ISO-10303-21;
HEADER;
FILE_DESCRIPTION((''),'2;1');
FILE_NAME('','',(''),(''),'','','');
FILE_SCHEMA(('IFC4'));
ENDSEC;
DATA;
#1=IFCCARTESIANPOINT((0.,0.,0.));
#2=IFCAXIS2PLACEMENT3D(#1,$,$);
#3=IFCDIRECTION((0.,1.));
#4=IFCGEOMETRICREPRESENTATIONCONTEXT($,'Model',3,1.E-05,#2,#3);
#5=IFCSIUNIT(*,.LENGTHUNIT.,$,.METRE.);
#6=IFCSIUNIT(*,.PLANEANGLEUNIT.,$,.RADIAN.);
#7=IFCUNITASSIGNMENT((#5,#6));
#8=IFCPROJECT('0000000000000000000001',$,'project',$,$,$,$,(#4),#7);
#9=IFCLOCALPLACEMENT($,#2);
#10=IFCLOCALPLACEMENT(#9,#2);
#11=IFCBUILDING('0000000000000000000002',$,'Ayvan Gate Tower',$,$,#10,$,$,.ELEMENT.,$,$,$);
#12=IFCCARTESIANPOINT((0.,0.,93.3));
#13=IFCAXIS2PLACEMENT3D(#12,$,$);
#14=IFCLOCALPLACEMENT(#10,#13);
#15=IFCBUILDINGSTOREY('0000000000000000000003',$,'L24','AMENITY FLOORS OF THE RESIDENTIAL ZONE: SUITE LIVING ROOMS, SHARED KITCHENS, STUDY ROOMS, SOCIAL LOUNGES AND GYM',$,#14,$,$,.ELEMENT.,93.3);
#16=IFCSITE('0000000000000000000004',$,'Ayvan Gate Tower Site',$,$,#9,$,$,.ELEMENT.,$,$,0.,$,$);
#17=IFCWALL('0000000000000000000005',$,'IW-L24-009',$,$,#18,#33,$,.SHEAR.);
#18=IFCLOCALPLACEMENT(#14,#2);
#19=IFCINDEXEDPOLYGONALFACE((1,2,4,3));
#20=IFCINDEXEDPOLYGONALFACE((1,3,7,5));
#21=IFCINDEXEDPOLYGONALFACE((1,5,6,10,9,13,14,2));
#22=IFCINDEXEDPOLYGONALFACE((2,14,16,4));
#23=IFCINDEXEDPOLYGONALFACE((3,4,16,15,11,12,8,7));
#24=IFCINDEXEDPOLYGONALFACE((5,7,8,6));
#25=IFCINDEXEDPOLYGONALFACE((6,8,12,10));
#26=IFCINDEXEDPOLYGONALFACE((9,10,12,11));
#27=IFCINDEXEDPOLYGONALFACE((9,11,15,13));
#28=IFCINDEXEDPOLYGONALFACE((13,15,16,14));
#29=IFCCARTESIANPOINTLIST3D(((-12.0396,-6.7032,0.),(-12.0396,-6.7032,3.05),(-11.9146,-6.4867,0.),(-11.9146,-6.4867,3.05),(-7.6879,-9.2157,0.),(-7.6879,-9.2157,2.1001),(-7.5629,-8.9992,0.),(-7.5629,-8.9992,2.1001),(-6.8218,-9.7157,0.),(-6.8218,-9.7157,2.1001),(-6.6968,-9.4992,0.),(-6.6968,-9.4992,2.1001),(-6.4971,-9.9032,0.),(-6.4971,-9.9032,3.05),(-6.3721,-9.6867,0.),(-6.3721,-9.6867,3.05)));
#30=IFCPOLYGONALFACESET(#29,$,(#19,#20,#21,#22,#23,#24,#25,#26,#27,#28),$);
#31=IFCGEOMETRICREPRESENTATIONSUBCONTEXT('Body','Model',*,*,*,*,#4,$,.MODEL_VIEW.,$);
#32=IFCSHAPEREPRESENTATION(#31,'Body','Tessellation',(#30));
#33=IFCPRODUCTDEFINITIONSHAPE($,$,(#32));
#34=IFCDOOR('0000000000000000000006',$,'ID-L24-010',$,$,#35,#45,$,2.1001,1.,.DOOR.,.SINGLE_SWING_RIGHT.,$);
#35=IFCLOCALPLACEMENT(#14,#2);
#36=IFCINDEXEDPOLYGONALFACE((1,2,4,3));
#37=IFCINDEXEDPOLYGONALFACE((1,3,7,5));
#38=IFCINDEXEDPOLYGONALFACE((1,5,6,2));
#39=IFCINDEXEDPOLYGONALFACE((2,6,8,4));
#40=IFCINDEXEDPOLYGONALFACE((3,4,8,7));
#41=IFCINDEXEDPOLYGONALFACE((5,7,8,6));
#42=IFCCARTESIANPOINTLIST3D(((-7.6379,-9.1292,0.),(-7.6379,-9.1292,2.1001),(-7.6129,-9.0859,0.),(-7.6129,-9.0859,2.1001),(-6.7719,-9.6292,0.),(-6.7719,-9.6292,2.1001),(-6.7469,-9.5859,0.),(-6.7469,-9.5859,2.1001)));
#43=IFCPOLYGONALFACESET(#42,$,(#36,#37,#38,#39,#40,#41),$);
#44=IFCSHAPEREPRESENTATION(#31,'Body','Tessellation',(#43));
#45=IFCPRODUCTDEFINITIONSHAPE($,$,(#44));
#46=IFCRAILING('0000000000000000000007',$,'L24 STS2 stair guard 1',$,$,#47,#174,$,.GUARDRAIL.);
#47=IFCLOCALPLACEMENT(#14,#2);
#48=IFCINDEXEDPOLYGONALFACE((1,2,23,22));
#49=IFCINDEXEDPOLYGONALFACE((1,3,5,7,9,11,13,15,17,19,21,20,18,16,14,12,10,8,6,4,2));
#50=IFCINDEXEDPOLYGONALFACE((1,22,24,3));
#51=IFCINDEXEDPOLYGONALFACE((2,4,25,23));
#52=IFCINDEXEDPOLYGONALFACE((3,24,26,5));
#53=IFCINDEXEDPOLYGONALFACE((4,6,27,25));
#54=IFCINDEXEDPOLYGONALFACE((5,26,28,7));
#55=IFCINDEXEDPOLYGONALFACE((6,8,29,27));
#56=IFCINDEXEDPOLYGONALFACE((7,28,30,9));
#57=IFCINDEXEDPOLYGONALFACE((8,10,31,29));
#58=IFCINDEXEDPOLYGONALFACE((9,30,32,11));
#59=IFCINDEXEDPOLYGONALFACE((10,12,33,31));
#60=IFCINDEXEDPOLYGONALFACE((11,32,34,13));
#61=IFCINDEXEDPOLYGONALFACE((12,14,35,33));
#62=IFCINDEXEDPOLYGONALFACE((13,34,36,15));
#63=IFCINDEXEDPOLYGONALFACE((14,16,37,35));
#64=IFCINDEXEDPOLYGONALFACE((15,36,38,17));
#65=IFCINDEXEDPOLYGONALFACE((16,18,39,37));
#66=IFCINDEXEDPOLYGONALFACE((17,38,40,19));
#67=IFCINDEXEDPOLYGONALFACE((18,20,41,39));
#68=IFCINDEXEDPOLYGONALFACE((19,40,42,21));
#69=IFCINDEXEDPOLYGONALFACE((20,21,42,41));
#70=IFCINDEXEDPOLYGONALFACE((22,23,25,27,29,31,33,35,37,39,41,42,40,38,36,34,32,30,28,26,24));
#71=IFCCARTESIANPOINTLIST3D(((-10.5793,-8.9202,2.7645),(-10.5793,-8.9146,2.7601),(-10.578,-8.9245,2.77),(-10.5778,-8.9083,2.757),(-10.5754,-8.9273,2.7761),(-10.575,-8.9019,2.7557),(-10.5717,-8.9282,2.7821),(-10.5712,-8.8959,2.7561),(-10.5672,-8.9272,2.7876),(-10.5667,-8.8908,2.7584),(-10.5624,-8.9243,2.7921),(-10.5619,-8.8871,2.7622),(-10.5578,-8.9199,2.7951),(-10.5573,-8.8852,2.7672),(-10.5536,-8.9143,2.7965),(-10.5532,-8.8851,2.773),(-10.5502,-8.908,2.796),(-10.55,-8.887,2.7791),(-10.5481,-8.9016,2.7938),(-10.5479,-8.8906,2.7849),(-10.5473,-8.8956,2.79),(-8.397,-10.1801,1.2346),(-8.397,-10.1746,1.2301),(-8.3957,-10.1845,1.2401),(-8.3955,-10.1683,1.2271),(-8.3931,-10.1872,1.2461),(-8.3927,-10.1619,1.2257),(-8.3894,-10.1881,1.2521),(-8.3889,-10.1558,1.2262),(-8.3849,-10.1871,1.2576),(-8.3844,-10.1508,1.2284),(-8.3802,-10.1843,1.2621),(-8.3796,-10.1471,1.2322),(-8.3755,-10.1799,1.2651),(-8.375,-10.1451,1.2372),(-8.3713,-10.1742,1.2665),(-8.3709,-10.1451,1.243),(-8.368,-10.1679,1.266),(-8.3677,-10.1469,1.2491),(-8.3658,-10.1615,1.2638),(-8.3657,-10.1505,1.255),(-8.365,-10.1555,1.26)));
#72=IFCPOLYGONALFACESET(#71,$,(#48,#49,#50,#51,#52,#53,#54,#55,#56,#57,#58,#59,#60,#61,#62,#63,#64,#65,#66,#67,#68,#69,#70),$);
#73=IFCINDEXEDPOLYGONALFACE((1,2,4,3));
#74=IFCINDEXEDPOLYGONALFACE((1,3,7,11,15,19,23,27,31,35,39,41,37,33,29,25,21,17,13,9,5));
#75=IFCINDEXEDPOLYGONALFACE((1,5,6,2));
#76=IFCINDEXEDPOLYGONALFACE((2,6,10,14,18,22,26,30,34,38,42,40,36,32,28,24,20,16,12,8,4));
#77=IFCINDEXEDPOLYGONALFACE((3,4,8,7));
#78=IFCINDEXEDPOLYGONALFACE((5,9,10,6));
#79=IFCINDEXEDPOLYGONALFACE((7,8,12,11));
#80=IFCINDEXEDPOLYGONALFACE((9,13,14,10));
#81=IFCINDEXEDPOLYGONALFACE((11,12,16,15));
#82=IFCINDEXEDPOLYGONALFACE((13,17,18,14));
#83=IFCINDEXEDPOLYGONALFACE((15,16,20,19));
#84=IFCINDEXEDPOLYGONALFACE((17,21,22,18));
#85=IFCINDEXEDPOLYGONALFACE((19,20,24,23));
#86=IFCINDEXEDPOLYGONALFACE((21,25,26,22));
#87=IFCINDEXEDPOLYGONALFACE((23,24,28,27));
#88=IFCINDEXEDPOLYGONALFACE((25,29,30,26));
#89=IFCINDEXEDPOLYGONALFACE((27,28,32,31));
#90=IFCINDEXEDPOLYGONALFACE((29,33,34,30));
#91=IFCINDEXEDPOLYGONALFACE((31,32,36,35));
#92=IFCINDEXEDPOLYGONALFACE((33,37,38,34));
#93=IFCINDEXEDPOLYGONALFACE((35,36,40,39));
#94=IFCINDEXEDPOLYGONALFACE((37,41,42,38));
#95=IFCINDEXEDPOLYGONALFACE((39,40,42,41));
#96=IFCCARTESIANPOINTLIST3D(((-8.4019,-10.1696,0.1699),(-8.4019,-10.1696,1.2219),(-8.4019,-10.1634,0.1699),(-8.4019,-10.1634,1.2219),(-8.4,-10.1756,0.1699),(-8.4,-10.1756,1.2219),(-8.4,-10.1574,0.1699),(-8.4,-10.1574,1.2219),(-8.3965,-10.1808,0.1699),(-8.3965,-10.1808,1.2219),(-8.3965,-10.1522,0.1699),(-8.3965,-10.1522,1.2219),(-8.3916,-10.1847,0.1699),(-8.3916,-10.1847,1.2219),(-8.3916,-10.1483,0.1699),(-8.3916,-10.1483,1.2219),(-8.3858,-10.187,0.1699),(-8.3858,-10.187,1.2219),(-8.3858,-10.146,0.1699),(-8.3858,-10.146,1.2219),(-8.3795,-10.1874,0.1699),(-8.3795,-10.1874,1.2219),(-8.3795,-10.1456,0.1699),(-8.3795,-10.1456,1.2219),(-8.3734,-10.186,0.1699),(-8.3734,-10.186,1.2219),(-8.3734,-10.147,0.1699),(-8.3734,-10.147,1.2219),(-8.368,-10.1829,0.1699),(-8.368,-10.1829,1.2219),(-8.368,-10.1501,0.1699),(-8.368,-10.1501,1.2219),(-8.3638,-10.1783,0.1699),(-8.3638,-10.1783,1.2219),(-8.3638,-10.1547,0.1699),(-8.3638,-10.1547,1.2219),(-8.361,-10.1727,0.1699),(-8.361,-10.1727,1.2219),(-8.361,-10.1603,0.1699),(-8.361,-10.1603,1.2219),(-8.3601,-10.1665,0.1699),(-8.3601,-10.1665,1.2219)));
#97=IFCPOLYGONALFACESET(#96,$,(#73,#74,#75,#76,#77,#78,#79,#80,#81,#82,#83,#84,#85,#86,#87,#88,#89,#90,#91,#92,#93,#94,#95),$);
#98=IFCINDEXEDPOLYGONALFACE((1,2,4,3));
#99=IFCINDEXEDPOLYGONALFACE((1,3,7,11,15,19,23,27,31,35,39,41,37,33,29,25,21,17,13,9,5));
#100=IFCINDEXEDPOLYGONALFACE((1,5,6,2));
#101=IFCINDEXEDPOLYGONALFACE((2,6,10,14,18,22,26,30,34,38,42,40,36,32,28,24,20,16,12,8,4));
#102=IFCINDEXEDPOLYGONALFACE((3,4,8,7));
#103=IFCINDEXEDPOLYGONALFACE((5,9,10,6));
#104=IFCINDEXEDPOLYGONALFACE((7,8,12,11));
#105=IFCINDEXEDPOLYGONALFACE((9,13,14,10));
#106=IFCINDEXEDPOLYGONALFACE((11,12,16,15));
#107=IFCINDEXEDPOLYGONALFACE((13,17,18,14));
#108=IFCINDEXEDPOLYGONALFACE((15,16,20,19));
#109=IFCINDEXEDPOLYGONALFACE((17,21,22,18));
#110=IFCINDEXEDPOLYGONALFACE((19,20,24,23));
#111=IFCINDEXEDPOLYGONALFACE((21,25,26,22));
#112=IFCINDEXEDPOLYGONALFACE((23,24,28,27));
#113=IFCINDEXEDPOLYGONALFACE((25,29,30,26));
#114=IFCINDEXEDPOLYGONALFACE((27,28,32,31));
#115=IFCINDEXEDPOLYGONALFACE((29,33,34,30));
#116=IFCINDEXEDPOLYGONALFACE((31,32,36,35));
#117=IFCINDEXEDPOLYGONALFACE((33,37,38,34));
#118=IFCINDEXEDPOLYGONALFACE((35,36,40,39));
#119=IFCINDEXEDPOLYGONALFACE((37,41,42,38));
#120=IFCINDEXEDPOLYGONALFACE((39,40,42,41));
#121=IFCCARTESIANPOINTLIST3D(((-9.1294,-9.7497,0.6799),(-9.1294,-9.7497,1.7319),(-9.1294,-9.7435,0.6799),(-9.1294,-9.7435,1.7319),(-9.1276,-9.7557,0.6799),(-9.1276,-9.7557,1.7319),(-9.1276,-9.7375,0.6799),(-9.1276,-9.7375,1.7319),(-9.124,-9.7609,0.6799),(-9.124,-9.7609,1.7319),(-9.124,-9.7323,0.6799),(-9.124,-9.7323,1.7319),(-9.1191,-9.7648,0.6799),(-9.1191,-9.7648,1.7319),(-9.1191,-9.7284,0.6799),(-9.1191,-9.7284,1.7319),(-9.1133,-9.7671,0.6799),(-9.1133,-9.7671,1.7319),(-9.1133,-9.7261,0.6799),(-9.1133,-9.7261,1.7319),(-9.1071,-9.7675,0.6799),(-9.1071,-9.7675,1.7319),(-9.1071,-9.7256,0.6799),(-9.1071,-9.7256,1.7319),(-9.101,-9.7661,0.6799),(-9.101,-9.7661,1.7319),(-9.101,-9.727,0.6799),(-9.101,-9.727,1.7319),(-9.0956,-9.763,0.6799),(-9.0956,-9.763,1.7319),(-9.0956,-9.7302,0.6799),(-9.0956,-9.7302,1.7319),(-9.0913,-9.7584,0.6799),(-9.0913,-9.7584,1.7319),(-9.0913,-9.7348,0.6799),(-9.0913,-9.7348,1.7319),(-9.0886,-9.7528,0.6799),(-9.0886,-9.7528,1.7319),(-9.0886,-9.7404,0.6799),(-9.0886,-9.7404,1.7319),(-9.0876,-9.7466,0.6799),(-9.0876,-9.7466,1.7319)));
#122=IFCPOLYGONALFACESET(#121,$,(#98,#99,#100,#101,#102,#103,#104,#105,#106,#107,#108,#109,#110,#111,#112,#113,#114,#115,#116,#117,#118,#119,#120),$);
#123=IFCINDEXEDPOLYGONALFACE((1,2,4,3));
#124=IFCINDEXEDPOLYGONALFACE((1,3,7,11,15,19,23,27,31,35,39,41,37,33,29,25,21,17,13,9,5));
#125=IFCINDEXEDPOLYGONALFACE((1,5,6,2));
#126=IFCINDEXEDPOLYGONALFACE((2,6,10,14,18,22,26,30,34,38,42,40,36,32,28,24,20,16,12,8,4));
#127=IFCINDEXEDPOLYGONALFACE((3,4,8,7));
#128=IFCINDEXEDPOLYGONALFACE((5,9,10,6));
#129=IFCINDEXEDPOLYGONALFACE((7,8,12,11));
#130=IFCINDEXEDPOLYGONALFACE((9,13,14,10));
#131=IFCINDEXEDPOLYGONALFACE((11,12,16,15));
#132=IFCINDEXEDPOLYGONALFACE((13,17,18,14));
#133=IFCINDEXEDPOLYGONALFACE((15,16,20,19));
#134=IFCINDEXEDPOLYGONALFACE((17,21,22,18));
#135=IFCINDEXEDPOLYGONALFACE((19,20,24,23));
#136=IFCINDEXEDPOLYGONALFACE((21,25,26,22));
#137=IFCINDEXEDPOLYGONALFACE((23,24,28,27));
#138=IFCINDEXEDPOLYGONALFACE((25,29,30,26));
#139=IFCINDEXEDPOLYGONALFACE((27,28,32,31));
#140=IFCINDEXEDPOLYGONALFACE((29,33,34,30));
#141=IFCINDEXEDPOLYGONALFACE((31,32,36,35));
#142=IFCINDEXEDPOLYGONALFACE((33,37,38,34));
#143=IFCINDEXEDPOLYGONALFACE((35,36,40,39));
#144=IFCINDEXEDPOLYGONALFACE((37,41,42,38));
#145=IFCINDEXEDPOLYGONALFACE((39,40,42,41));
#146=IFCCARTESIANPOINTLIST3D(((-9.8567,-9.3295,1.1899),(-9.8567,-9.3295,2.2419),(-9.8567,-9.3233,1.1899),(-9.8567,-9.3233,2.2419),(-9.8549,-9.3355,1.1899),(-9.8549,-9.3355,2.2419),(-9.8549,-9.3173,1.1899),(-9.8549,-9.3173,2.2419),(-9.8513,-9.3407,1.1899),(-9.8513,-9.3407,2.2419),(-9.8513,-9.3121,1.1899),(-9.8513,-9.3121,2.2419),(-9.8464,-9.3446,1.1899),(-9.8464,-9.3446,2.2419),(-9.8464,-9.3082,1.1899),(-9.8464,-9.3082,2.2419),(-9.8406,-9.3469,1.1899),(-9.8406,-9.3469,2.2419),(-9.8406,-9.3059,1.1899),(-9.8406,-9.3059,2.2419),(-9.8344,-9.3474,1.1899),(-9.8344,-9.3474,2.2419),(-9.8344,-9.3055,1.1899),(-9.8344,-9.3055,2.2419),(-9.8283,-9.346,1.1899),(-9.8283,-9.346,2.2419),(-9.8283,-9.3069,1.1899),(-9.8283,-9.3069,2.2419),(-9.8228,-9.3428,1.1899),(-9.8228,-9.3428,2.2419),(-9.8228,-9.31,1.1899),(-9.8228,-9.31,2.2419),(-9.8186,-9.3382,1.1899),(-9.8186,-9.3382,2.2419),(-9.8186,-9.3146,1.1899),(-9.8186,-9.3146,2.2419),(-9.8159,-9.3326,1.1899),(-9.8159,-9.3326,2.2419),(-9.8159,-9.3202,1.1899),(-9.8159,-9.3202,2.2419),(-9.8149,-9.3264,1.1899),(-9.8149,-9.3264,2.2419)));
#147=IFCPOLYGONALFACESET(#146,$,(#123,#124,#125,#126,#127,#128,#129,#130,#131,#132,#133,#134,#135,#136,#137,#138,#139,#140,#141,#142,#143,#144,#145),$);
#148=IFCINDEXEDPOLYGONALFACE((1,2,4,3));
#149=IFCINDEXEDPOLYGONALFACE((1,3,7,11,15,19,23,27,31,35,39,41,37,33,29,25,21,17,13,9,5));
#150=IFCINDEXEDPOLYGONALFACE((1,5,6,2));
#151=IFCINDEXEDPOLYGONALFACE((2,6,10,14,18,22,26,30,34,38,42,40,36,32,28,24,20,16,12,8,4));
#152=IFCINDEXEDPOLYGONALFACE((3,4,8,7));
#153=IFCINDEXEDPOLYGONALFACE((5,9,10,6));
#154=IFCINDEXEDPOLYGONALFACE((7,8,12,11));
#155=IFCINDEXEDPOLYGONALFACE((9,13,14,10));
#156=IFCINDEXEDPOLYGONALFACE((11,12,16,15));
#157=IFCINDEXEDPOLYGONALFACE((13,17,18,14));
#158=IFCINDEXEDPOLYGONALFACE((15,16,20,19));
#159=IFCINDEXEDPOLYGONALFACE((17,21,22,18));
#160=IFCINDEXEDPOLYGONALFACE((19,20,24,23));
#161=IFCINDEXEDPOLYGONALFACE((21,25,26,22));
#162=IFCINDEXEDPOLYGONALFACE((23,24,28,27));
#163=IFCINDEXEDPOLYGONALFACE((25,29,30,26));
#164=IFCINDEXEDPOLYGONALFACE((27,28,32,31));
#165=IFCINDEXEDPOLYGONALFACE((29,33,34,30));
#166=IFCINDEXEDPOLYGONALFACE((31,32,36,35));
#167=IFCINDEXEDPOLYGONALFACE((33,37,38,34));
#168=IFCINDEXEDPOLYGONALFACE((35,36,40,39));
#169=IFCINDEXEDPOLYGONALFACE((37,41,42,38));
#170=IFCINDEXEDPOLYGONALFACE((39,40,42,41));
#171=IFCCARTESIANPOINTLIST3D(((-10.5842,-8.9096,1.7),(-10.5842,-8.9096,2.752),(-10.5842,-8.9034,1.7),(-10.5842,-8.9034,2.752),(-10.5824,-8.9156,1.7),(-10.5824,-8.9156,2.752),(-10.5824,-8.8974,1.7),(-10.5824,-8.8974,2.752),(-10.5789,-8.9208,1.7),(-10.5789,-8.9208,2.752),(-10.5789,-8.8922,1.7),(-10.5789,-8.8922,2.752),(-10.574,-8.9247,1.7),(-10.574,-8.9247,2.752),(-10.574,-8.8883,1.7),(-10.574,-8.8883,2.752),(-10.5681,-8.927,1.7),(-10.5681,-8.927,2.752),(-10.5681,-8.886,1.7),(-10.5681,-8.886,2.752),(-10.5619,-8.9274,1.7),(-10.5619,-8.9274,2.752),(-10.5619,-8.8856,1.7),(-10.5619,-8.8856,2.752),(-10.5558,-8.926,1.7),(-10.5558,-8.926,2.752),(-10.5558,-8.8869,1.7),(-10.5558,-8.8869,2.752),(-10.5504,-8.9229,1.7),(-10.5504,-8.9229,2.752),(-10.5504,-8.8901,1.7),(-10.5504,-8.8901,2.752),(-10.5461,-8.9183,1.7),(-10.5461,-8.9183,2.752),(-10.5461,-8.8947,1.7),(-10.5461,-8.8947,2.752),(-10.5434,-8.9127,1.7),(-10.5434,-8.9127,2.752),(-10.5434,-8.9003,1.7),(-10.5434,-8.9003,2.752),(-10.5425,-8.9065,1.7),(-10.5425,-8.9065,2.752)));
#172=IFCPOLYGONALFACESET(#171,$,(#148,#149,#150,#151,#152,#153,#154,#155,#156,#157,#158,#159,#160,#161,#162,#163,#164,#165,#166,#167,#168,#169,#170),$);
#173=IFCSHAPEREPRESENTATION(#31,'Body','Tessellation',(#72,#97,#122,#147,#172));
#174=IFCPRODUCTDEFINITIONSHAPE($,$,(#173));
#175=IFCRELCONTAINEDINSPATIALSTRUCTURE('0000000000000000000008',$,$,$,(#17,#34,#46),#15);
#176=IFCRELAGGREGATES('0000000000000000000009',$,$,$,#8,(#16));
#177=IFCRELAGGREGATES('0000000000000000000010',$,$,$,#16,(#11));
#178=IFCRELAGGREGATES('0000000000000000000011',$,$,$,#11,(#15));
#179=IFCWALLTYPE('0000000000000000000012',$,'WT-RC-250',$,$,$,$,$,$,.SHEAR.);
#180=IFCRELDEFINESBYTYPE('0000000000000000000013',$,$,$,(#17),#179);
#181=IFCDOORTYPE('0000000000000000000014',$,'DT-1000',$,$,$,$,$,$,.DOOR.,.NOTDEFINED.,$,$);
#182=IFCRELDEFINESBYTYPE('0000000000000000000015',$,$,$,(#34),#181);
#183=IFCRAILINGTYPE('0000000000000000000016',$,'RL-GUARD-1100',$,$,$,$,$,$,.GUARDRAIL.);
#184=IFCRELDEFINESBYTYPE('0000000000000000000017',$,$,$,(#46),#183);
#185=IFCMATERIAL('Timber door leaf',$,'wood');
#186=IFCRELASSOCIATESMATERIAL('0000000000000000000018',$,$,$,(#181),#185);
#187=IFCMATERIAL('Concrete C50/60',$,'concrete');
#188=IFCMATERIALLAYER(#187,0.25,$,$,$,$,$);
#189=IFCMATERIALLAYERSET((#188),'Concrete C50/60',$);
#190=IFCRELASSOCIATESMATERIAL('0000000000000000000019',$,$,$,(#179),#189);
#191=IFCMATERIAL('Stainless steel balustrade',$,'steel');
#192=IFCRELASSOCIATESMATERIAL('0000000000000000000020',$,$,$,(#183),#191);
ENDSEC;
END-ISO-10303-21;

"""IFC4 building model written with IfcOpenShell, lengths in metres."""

from ifc_helpers import new_model, si_unit, direction, frame, frame_2d, origin, origin_2d, place, context, subcontext, project, spatial, rectangle, circle, extrude, material, layer, layer_set, type_object, element, fill, save


model = new_model("IFC4")

# Units and contexts
model_context = context("Model", 3, precision=1e-05, world=origin(), true_north=direction((0.0, 1.0)))
body_context = subcontext(model_context, "Body", "Model", "MODEL_VIEW")
ifc_project = project(units=[si_unit("LENGTHUNIT", "METRE"), si_unit("PLANEANGLEUNIT", "RADIAN")], contexts=[model_context])

# Site, building, storey
site_placement = place(None, origin())
site = spatial("IfcSite", under=ifc_project, at=site_placement, Name="Ayvan Gate Tower Site", CompositionType="ELEMENT", RefElevation=0.0)
building_placement = place(site_placement, origin())
building = spatial("IfcBuilding", under=site, at=building_placement, Name="Ayvan Gate Tower", CompositionType="ELEMENT")
storey_placement = place(building_placement, frame((0.0, 0.0, 93.3)))
storey = spatial("IfcBuildingStorey", under=building, at=storey_placement, Name="L24", Description="AMENITY FLOORS OF THE RESIDENTIAL ZONE: SUITE LIVING ROOMS, SHARED KITCHENS, STUDY ROOMS, SOCIAL LOUNGES AND GYM", CompositionType="ELEMENT", Elevation=93.3)

# Shared definitions
ifc_material_1 = material(Name="Timber door leaf", Category="wood")

# Shared definitions
door_type_1 = type_object("IfcDoorType", Name="DT-1000", OperationType="NOTDEFINED", PredefinedType="DOOR", material=ifc_material_1)

# Shared definitions
ifc_material_2 = material(Name="Concrete C50/60", Category="concrete")
ifc_layer_1 = layer(ifc_material_2, 0.25)
ifc_layer_set_1 = layer_set([ifc_layer_1], Name="Concrete C50/60")
wall_type_1 = type_object("IfcWallType", Name="WT-RC-250", PredefinedType="SHEAR", material=ifc_layer_set_1)

# Wall, opening, door
wall_1_placement = place(storey_placement, frame((-11.9771, -6.595, 0.0), z_axis=(0.0, 0.0, 1.0), x_axis=(0.866025, -0.5, 0.0)))
wall_1 = element("IfcWall", 1, at=wall_1_placement, inside=storey, type_object=wall_type_1, Name="IW-L24-009", PredefinedType="SHEAR", context=body_context, shape_type="SweptSolid", body=[
    extrude(rectangle(XDim=6.3999, YDim=0.25, at=frame_2d((3.2, 0.0))), origin(), (0.0, 0.0, 1.0), 3.05),
])
opening_1_placement = place(wall_1_placement, frame((5.0249, 0.0, 0.0)))
opening_1 = element("IfcOpeningElement", 2, at=opening_1_placement, cuts=wall_1, PredefinedType="OPENING", context=body_context, shape_type="SweptSolid", body=[
    extrude(rectangle(XDim=1.0, YDim=2.1001, at=frame_2d((0.5, 1.05))), frame((0.0, 0.135, 0.0), z_axis=(0.0, -1.0, 0.0), x_axis=(1.0, 0.0, 0.0)), (0.0, 0.0, 1.0), 0.27),
])
door_1_placement = place(opening_1_placement, origin())
door_1 = element("IfcDoor", 3, at=door_1_placement, inside=storey, type_object=door_type_1, Name="ID-L24-010", OperationType="SINGLE_SWING_RIGHT", OverallHeight=2.1001, OverallWidth=1.0, PredefinedType="DOOR", context=body_context, shape_type="SweptSolid", body=[
    extrude(rectangle(XDim=1.0, YDim=2.1001, at=frame_2d((0.5, 1.05))), frame((0.0, 0.0249, 0.0), z_axis=(0.0, -1.0, 0.0), x_axis=(1.0, 0.0, 0.0)), (0.0, 0.0, 1.0), 0.05),
])
fill(opening_1, door_1)

# Railing
ifc_material_3 = material(Name="Stainless steel balustrade", Category="steel")
railing_type_1 = type_object("IfcRailingType", Name="RL-GUARD-1100", PredefinedType="GUARDRAIL", material=ifc_material_3)
railing_1_placement = place(storey_placement, frame((-8.3811, -10.1665, 0.1699)))
element("IfcRailing", 4, at=railing_1_placement, inside=storey, type_object=railing_type_1, Name="L24 STS2 stair guard 1", PredefinedType="GUARDRAIL", context=body_context, shape_type="SweptSolid", body=[
    extrude(circle(Radius=0.0239, at=origin_2d()), frame((0.0, 0.0, 1.0762), z_axis=(-0.740261, 0.427395, 0.518986), x_axis=(-0.500005, -0.866023, 0.0)), (0.0, 0.0, 1.0), 2.948),
    extrude(circle(Radius=0.021, at=origin_2d()), origin(), (0.0, 0.0, 1.0), 1.052),
    extrude(circle(Radius=0.021, at=origin_2d()), frame((-0.7275, 0.4199, 0.51)), (0.0, 0.0, 1.0), 1.052),
    extrude(circle(Radius=0.021, at=origin_2d()), frame((-1.4548, 0.8401, 1.02)), (0.0, 0.0, 1.0), 1.052),
    extrude(circle(Radius=0.021, at=origin_2d()), frame((-2.1824, 1.26, 1.53)), (0.0, 0.0, 1.0), 1.052),
])

save(model, "model.ifc")
